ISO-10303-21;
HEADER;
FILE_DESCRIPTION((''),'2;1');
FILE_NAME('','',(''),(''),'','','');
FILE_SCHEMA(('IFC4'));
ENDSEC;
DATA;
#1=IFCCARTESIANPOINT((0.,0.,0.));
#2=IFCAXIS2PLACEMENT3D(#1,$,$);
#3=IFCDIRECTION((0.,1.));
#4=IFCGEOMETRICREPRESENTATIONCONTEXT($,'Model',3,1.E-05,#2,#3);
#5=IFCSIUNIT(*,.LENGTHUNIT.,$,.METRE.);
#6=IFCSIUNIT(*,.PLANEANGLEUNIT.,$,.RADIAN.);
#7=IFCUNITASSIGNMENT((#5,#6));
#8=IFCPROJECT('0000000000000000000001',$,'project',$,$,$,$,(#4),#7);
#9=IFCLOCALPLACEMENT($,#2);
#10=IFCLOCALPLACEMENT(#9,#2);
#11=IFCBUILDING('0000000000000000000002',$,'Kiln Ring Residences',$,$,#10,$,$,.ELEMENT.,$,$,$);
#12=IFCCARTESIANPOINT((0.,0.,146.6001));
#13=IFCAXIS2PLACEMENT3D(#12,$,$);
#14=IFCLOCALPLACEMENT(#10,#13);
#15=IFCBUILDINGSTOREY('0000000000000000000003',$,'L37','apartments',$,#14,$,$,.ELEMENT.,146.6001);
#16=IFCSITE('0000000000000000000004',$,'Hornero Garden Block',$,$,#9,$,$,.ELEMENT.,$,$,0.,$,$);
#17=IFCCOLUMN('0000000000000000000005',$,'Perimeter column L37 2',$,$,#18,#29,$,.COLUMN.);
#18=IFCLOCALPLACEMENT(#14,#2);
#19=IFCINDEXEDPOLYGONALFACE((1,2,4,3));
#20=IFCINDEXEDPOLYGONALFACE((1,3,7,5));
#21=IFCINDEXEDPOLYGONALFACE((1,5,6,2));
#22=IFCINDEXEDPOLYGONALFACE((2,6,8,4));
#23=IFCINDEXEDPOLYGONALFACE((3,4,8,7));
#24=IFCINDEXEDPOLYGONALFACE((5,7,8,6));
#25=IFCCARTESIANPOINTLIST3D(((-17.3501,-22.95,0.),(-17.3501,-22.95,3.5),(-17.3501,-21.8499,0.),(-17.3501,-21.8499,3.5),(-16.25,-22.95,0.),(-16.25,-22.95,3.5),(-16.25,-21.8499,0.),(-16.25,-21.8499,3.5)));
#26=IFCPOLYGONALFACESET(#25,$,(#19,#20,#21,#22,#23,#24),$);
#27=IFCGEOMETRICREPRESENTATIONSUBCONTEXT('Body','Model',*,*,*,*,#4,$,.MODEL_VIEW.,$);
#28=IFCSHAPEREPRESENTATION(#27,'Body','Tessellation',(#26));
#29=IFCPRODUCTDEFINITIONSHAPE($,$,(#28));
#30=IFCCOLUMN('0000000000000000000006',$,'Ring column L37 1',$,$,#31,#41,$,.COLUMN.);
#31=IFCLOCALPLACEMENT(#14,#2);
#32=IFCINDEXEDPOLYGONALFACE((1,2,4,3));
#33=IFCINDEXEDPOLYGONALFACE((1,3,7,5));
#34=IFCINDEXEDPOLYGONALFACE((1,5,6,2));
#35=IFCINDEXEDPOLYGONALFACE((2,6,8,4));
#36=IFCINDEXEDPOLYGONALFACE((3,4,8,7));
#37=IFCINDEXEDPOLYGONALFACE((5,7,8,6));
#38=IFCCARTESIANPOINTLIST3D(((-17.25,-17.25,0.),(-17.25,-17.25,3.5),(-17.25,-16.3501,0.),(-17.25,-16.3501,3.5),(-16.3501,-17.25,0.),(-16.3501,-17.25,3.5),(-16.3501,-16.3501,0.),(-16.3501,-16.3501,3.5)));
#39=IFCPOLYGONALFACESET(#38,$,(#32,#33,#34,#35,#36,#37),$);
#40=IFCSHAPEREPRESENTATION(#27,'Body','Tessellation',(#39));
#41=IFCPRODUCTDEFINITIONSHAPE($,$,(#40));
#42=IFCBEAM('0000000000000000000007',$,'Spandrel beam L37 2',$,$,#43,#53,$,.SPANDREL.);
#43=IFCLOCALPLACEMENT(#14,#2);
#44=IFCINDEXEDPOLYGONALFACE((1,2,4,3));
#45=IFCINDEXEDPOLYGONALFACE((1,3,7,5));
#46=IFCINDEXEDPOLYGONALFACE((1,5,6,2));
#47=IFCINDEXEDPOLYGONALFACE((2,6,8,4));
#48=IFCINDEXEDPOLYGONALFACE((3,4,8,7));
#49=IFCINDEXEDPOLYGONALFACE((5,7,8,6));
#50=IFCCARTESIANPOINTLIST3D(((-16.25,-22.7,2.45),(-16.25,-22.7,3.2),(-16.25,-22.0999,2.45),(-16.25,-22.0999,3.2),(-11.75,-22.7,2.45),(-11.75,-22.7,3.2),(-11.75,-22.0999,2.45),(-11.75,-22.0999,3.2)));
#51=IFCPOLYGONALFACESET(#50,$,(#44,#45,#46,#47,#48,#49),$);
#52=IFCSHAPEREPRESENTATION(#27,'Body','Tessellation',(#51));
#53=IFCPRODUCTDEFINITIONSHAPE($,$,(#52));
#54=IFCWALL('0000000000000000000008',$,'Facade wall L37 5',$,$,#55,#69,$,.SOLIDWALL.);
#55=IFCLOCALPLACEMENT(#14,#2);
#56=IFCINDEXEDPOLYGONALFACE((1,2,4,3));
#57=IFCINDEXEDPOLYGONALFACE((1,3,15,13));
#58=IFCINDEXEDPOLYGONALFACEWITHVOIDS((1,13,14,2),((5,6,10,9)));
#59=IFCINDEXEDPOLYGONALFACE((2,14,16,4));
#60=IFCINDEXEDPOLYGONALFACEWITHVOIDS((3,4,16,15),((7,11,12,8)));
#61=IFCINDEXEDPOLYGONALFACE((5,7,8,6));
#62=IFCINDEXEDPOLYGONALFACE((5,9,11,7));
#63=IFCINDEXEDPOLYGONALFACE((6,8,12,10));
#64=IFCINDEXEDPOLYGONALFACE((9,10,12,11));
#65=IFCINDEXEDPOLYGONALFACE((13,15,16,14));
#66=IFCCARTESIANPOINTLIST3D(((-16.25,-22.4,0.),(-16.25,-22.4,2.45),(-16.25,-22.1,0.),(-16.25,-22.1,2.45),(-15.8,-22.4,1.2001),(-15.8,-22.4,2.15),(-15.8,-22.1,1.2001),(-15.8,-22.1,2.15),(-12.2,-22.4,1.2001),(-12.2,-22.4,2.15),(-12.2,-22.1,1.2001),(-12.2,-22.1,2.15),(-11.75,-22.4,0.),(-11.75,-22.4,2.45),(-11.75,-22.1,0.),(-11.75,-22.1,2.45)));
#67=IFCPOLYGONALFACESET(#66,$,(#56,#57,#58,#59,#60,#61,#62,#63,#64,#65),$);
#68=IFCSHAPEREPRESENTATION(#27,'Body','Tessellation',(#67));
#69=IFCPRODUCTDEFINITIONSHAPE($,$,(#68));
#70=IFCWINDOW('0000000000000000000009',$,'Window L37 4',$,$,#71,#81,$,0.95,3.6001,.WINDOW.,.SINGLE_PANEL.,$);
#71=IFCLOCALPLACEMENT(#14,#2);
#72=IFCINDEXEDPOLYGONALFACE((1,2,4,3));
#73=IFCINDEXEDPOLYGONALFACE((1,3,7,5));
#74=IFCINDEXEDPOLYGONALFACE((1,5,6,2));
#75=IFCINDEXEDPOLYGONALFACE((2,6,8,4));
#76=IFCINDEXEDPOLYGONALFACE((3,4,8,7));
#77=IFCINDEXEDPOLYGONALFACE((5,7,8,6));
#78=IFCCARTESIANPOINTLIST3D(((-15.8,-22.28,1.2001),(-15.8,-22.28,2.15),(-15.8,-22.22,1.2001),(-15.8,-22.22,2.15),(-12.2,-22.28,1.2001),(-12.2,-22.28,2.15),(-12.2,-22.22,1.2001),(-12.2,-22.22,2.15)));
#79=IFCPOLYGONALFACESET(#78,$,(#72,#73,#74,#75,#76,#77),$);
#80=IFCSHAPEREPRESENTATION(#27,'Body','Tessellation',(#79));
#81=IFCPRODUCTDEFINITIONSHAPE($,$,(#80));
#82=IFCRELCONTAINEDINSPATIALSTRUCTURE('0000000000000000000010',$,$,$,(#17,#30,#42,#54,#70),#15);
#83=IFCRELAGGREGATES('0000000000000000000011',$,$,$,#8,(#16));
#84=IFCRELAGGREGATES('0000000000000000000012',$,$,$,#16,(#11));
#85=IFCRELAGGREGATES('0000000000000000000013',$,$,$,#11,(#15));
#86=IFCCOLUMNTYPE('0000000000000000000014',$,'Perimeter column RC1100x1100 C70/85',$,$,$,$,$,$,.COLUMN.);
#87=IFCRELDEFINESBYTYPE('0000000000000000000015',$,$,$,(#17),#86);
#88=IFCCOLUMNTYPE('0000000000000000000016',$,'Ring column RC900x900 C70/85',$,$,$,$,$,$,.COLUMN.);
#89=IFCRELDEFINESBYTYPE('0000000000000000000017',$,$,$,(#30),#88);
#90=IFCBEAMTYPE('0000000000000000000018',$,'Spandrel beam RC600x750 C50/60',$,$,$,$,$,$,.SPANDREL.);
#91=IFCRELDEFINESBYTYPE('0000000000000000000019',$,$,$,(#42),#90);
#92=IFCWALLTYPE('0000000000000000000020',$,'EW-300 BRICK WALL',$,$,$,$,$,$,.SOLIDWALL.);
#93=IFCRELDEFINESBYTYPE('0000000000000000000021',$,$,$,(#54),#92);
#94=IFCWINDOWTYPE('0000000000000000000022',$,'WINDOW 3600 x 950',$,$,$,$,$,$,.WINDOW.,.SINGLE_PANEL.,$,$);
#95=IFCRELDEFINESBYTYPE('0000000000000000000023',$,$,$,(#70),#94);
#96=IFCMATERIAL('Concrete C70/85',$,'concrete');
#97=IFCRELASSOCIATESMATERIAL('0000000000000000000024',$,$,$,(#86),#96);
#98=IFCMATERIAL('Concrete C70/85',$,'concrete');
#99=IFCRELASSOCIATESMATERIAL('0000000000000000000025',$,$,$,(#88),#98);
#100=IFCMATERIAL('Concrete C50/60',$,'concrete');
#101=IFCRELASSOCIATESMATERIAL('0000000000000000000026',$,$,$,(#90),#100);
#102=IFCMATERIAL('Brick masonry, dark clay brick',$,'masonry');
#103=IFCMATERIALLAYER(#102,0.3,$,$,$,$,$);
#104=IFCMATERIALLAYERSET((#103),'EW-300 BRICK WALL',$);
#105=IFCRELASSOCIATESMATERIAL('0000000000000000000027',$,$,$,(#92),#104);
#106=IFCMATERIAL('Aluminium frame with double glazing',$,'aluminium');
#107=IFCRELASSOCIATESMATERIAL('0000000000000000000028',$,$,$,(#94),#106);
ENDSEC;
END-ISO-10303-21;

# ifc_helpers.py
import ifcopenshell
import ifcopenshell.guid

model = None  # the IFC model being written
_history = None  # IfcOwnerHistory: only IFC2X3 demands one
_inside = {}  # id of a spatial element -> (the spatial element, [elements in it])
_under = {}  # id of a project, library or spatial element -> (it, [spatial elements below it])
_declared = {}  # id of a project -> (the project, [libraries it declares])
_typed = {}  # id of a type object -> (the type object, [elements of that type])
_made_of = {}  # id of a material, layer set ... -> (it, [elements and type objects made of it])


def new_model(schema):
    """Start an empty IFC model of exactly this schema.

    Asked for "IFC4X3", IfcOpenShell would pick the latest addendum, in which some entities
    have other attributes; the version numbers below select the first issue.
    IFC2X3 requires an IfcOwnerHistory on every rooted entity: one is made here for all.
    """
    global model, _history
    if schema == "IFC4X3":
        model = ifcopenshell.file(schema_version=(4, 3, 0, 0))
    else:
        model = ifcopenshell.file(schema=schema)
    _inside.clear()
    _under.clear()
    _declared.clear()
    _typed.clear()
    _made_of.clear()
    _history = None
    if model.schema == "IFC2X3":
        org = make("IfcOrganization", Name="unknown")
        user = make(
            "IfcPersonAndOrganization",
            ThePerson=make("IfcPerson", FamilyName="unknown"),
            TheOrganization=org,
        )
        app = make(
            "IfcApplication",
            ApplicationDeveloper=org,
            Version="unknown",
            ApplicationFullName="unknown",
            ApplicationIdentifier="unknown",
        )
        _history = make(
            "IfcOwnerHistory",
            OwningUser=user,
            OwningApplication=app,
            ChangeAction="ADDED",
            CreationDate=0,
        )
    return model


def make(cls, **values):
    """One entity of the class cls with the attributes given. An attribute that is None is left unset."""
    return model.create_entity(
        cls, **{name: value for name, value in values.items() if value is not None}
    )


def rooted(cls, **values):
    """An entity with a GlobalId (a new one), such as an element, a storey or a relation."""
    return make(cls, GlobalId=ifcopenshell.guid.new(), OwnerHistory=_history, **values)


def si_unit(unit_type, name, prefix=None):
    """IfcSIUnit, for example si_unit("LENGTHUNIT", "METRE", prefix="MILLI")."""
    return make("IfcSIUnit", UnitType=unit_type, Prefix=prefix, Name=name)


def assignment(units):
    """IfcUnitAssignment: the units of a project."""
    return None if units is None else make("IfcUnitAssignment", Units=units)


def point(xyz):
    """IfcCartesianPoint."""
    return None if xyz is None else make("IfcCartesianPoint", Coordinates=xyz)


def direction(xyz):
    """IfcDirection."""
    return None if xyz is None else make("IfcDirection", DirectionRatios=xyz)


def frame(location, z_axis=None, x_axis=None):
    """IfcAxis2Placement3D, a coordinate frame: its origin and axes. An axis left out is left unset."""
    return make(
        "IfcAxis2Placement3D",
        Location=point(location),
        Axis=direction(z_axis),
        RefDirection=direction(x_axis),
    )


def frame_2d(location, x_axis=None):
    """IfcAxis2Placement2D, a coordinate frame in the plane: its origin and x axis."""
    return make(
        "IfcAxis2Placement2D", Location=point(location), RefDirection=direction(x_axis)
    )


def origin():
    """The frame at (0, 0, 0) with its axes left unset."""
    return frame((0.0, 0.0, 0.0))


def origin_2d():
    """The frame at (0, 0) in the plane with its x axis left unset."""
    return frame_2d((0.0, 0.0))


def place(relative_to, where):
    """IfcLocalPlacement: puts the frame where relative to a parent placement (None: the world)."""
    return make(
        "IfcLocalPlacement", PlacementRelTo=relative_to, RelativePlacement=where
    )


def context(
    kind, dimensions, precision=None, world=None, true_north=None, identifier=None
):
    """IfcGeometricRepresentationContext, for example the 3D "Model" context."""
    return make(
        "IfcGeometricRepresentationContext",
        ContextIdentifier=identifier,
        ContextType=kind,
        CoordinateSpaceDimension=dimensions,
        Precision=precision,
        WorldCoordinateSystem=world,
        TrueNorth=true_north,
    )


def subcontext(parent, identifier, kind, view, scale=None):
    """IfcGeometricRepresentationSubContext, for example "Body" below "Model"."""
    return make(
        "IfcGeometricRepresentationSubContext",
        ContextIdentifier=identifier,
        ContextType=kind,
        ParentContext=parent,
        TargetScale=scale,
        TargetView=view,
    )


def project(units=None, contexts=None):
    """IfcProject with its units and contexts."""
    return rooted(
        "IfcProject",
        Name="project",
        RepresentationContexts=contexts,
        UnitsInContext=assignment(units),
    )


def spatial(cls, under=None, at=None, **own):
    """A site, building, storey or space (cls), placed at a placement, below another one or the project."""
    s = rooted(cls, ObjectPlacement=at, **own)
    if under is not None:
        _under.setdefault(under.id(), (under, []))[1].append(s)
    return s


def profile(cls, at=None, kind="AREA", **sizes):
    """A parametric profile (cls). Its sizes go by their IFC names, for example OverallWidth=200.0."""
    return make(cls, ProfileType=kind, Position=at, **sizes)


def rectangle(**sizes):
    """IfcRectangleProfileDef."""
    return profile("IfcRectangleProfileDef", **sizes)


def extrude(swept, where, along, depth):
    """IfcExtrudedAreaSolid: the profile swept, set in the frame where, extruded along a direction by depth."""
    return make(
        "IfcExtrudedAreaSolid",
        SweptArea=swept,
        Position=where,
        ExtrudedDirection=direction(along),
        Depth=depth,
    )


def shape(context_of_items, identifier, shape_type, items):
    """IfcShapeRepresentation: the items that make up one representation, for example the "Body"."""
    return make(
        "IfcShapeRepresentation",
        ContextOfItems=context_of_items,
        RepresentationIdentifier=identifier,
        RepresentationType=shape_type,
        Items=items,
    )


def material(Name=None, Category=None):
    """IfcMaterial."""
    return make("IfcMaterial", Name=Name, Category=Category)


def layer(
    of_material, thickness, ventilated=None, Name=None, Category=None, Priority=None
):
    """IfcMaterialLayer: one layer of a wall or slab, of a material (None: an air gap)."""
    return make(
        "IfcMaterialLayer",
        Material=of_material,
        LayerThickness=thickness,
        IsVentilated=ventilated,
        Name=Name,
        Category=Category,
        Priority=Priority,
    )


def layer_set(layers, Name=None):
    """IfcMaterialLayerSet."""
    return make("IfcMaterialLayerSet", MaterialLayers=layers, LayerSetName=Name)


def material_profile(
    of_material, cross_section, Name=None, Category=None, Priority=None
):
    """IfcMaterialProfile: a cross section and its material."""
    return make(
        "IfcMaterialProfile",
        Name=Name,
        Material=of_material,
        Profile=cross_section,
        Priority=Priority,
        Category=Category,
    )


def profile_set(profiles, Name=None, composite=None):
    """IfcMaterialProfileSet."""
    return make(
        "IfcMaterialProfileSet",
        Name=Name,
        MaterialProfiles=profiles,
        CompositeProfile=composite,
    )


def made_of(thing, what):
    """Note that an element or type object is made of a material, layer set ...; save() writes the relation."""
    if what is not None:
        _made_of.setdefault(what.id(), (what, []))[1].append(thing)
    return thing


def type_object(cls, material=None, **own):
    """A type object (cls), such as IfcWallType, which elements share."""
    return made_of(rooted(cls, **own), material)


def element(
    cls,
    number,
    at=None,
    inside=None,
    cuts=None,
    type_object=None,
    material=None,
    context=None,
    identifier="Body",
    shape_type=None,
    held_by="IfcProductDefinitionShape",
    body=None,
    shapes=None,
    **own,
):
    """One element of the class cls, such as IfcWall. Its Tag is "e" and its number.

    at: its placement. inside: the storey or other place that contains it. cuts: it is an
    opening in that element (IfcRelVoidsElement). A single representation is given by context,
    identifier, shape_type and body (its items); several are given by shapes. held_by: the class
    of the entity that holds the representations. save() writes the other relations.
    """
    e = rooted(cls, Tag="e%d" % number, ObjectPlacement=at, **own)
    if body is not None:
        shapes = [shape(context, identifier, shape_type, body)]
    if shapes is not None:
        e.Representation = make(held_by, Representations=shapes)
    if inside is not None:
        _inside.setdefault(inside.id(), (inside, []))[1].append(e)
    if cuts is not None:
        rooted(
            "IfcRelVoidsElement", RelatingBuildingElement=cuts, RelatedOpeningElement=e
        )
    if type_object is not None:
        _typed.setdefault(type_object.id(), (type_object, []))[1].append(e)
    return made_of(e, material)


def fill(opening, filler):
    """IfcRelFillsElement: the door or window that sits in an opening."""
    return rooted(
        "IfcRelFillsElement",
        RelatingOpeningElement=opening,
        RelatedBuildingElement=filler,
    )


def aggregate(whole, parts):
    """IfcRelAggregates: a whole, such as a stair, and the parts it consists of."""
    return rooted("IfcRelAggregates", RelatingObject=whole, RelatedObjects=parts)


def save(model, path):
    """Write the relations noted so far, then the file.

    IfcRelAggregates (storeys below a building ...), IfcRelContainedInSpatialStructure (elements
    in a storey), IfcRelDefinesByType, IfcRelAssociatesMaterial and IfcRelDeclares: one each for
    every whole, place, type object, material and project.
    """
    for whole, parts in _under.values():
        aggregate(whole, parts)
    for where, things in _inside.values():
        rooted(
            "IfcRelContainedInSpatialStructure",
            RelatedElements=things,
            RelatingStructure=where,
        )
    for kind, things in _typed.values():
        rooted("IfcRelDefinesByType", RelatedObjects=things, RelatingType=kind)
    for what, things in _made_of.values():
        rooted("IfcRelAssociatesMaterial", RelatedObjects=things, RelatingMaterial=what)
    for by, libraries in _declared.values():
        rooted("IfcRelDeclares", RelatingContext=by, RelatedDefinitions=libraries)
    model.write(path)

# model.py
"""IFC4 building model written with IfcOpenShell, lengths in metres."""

from ifc_helpers import new_model, si_unit, direction, frame, frame_2d, origin, origin_2d, place, context, subcontext, project, spatial, rectangle, extrude, material, layer, layer_set, material_profile, profile_set, type_object, element, fill, save


model = new_model("IFC4")

# Units and contexts
model_context = context("Model", 3, precision=1e-05, world=origin(), true_north=direction((0.0, 1.0)))
body_context = subcontext(model_context, "Body", "Model", "MODEL_VIEW")
ifc_project = project(units=[si_unit("LENGTHUNIT", "METRE"), si_unit("PLANEANGLEUNIT", "RADIAN")], contexts=[model_context])

# Site, building, storey
site_placement = place(None, origin())
site = spatial("IfcSite", under=ifc_project, at=site_placement, Name="Hornero Garden Block", CompositionType="ELEMENT", RefElevation=0.0)
building_placement = place(site_placement, origin())
building = spatial("IfcBuilding", under=site, at=building_placement, Name="Kiln Ring Residences", CompositionType="ELEMENT")
storey_placement = place(building_placement, frame((0.0, 0.0, 146.6001)))
storey = spatial("IfcBuildingStorey", under=building, at=storey_placement, Name="L37", Description="apartments", CompositionType="ELEMENT", Elevation=146.6001)

# Columns
ifc_material_1 = material(Name="Concrete C70/85", Category="concrete")
ifc_material_profile_1 = material_profile(ifc_material_1, rectangle(XDim=1.1001, YDim=1.1001, at=origin_2d()), Name="RC1100x1100")
ifc_profile_set_1 = profile_set([ifc_material_profile_1], Name="Concrete C70/85")
column_type_1 = type_object("IfcColumnType", Name="Perimeter column RC1100x1100 C70/85", PredefinedType="COLUMN", material=ifc_profile_set_1)
column_1_placement = place(storey_placement, frame((-16.8, -22.3999, 0.0), z_axis=(0.0, 0.0, 1.0), x_axis=(1.0, 0.0, 0.0)))
element("IfcColumn", 1, at=column_1_placement, inside=storey, type_object=column_type_1, Name="Perimeter column L37 2", PredefinedType="COLUMN", context=body_context, shape_type="SweptSolid", body=[
    extrude(rectangle(XDim=1.1001, YDim=1.1001, at=origin_2d()), origin(), (0.0, 0.0, 1.0), 3.5),
])
ifc_material_2 = material(Name="Concrete C70/85", Category="concrete")
ifc_material_profile_2 = material_profile(ifc_material_2, rectangle(XDim=0.8999, YDim=0.8999, at=origin_2d()), Name="RC900x900")
ifc_profile_set_2 = profile_set([ifc_material_profile_2], Name="Concrete C70/85")
column_type_2 = type_object("IfcColumnType", Name="Ring column RC900x900 C70/85", PredefinedType="COLUMN", material=ifc_profile_set_2)
column_2_placement = place(storey_placement, frame((-16.8, -16.8, 0.0), z_axis=(0.0, 0.0, 1.0), x_axis=(1.0, 0.0, 0.0)))
element("IfcColumn", 2, at=column_2_placement, inside=storey, type_object=column_type_2, Name="Ring column L37 1", PredefinedType="COLUMN", context=body_context, shape_type="SweptSolid", body=[
    extrude(rectangle(XDim=0.8999, YDim=0.8999, at=origin_2d()), origin(), (0.0, 0.0, 1.0), 3.5),
])

# Beam
ifc_material_3 = material(Name="Concrete C50/60", Category="concrete")
ifc_material_profile_3 = material_profile(ifc_material_3, rectangle(XDim=0.6001, YDim=0.75, at=origin_2d()), Name="RC600x750")
ifc_profile_set_3 = profile_set([ifc_material_profile_3], Name="Concrete C50/60")
beam_type = type_object("IfcBeamType", Name="Spandrel beam RC600x750 C50/60", PredefinedType="SPANDREL", material=ifc_profile_set_3)
beam_placement = place(storey_placement, frame((-16.25, -22.3999, 2.825), z_axis=(1.0, 0.0, 0.0), x_axis=(0.0, 1.0, 0.0)))
element("IfcBeam", 3, at=beam_placement, inside=storey, type_object=beam_type, Name="Spandrel beam L37 2", PredefinedType="SPANDREL", context=body_context, shape_type="SweptSolid", body=[
    extrude(rectangle(XDim=0.6001, YDim=0.75, at=origin_2d()), origin(), (0.0, 0.0, 1.0), 4.5),
])

# Wall, opening, window
ifc_material_4 = material(Name="Brick masonry, dark clay brick", Category="masonry")
ifc_layer_1 = layer(ifc_material_4, 0.3)
ifc_layer_set_1 = layer_set([ifc_layer_1], Name="EW-300 BRICK WALL")
wall_type_1 = type_object("IfcWallType", Name="EW-300 BRICK WALL", PredefinedType="SOLIDWALL", material=ifc_layer_set_1)
wall_1_placement = place(storey_placement, frame((-16.25, -22.25, 0.0), z_axis=(0.0, 0.0, 1.0), x_axis=(1.0, 0.0, 0.0)))
wall_1 = element("IfcWall", 4, at=wall_1_placement, inside=storey, type_object=wall_type_1, Name="Facade wall L37 5", PredefinedType="SOLIDWALL", context=body_context, shape_type="SweptSolid", body=[
    extrude(rectangle(XDim=4.5, YDim=0.3, at=frame_2d((2.25, 0.0))), origin(), (0.0, 0.0, 1.0), 2.45),
])
opening_1_placement = place(wall_1_placement, frame((0.45, 0.0, 1.2)))
opening_1 = element("IfcOpeningElement", 5, at=opening_1_placement, cuts=wall_1, PredefinedType="OPENING", context=body_context, shape_type="SweptSolid", body=[
    extrude(rectangle(XDim=3.6001, YDim=0.95, at=frame_2d((1.8, 0.4751))), frame((0.0, 0.1599, 0.0), z_axis=(0.0, -1.0, 0.0), x_axis=(1.0, 0.0, 0.0)), (0.0, 0.0, 1.0), 0.3201),
])
ifc_material_5 = material(Name="Aluminium frame with double glazing", Category="aluminium")
window_type = type_object("IfcWindowType", Name="WINDOW 3600 x 950", PartitioningType="SINGLE_PANEL", PredefinedType="WINDOW", material=ifc_material_5)
window_placement = place(opening_1_placement, origin())
window = element("IfcWindow", 6, at=window_placement, inside=storey, type_object=window_type, Name="Window L37 4", OverallHeight=0.95, OverallWidth=3.6001, PartitioningType="SINGLE_PANEL", PredefinedType="WINDOW", context=body_context, shape_type="SweptSolid", body=[
    extrude(rectangle(XDim=3.6001, YDim=0.95, at=frame_2d((1.8, 0.4751))), frame((0.0, 0.03, 0.0), z_axis=(0.0, -1.0, 0.0), x_axis=(1.0, 0.0, 0.0)), (0.0, 0.0, 1.0), 0.0601),
])
fill(opening_1, window)

save(model, "model.ifc")
